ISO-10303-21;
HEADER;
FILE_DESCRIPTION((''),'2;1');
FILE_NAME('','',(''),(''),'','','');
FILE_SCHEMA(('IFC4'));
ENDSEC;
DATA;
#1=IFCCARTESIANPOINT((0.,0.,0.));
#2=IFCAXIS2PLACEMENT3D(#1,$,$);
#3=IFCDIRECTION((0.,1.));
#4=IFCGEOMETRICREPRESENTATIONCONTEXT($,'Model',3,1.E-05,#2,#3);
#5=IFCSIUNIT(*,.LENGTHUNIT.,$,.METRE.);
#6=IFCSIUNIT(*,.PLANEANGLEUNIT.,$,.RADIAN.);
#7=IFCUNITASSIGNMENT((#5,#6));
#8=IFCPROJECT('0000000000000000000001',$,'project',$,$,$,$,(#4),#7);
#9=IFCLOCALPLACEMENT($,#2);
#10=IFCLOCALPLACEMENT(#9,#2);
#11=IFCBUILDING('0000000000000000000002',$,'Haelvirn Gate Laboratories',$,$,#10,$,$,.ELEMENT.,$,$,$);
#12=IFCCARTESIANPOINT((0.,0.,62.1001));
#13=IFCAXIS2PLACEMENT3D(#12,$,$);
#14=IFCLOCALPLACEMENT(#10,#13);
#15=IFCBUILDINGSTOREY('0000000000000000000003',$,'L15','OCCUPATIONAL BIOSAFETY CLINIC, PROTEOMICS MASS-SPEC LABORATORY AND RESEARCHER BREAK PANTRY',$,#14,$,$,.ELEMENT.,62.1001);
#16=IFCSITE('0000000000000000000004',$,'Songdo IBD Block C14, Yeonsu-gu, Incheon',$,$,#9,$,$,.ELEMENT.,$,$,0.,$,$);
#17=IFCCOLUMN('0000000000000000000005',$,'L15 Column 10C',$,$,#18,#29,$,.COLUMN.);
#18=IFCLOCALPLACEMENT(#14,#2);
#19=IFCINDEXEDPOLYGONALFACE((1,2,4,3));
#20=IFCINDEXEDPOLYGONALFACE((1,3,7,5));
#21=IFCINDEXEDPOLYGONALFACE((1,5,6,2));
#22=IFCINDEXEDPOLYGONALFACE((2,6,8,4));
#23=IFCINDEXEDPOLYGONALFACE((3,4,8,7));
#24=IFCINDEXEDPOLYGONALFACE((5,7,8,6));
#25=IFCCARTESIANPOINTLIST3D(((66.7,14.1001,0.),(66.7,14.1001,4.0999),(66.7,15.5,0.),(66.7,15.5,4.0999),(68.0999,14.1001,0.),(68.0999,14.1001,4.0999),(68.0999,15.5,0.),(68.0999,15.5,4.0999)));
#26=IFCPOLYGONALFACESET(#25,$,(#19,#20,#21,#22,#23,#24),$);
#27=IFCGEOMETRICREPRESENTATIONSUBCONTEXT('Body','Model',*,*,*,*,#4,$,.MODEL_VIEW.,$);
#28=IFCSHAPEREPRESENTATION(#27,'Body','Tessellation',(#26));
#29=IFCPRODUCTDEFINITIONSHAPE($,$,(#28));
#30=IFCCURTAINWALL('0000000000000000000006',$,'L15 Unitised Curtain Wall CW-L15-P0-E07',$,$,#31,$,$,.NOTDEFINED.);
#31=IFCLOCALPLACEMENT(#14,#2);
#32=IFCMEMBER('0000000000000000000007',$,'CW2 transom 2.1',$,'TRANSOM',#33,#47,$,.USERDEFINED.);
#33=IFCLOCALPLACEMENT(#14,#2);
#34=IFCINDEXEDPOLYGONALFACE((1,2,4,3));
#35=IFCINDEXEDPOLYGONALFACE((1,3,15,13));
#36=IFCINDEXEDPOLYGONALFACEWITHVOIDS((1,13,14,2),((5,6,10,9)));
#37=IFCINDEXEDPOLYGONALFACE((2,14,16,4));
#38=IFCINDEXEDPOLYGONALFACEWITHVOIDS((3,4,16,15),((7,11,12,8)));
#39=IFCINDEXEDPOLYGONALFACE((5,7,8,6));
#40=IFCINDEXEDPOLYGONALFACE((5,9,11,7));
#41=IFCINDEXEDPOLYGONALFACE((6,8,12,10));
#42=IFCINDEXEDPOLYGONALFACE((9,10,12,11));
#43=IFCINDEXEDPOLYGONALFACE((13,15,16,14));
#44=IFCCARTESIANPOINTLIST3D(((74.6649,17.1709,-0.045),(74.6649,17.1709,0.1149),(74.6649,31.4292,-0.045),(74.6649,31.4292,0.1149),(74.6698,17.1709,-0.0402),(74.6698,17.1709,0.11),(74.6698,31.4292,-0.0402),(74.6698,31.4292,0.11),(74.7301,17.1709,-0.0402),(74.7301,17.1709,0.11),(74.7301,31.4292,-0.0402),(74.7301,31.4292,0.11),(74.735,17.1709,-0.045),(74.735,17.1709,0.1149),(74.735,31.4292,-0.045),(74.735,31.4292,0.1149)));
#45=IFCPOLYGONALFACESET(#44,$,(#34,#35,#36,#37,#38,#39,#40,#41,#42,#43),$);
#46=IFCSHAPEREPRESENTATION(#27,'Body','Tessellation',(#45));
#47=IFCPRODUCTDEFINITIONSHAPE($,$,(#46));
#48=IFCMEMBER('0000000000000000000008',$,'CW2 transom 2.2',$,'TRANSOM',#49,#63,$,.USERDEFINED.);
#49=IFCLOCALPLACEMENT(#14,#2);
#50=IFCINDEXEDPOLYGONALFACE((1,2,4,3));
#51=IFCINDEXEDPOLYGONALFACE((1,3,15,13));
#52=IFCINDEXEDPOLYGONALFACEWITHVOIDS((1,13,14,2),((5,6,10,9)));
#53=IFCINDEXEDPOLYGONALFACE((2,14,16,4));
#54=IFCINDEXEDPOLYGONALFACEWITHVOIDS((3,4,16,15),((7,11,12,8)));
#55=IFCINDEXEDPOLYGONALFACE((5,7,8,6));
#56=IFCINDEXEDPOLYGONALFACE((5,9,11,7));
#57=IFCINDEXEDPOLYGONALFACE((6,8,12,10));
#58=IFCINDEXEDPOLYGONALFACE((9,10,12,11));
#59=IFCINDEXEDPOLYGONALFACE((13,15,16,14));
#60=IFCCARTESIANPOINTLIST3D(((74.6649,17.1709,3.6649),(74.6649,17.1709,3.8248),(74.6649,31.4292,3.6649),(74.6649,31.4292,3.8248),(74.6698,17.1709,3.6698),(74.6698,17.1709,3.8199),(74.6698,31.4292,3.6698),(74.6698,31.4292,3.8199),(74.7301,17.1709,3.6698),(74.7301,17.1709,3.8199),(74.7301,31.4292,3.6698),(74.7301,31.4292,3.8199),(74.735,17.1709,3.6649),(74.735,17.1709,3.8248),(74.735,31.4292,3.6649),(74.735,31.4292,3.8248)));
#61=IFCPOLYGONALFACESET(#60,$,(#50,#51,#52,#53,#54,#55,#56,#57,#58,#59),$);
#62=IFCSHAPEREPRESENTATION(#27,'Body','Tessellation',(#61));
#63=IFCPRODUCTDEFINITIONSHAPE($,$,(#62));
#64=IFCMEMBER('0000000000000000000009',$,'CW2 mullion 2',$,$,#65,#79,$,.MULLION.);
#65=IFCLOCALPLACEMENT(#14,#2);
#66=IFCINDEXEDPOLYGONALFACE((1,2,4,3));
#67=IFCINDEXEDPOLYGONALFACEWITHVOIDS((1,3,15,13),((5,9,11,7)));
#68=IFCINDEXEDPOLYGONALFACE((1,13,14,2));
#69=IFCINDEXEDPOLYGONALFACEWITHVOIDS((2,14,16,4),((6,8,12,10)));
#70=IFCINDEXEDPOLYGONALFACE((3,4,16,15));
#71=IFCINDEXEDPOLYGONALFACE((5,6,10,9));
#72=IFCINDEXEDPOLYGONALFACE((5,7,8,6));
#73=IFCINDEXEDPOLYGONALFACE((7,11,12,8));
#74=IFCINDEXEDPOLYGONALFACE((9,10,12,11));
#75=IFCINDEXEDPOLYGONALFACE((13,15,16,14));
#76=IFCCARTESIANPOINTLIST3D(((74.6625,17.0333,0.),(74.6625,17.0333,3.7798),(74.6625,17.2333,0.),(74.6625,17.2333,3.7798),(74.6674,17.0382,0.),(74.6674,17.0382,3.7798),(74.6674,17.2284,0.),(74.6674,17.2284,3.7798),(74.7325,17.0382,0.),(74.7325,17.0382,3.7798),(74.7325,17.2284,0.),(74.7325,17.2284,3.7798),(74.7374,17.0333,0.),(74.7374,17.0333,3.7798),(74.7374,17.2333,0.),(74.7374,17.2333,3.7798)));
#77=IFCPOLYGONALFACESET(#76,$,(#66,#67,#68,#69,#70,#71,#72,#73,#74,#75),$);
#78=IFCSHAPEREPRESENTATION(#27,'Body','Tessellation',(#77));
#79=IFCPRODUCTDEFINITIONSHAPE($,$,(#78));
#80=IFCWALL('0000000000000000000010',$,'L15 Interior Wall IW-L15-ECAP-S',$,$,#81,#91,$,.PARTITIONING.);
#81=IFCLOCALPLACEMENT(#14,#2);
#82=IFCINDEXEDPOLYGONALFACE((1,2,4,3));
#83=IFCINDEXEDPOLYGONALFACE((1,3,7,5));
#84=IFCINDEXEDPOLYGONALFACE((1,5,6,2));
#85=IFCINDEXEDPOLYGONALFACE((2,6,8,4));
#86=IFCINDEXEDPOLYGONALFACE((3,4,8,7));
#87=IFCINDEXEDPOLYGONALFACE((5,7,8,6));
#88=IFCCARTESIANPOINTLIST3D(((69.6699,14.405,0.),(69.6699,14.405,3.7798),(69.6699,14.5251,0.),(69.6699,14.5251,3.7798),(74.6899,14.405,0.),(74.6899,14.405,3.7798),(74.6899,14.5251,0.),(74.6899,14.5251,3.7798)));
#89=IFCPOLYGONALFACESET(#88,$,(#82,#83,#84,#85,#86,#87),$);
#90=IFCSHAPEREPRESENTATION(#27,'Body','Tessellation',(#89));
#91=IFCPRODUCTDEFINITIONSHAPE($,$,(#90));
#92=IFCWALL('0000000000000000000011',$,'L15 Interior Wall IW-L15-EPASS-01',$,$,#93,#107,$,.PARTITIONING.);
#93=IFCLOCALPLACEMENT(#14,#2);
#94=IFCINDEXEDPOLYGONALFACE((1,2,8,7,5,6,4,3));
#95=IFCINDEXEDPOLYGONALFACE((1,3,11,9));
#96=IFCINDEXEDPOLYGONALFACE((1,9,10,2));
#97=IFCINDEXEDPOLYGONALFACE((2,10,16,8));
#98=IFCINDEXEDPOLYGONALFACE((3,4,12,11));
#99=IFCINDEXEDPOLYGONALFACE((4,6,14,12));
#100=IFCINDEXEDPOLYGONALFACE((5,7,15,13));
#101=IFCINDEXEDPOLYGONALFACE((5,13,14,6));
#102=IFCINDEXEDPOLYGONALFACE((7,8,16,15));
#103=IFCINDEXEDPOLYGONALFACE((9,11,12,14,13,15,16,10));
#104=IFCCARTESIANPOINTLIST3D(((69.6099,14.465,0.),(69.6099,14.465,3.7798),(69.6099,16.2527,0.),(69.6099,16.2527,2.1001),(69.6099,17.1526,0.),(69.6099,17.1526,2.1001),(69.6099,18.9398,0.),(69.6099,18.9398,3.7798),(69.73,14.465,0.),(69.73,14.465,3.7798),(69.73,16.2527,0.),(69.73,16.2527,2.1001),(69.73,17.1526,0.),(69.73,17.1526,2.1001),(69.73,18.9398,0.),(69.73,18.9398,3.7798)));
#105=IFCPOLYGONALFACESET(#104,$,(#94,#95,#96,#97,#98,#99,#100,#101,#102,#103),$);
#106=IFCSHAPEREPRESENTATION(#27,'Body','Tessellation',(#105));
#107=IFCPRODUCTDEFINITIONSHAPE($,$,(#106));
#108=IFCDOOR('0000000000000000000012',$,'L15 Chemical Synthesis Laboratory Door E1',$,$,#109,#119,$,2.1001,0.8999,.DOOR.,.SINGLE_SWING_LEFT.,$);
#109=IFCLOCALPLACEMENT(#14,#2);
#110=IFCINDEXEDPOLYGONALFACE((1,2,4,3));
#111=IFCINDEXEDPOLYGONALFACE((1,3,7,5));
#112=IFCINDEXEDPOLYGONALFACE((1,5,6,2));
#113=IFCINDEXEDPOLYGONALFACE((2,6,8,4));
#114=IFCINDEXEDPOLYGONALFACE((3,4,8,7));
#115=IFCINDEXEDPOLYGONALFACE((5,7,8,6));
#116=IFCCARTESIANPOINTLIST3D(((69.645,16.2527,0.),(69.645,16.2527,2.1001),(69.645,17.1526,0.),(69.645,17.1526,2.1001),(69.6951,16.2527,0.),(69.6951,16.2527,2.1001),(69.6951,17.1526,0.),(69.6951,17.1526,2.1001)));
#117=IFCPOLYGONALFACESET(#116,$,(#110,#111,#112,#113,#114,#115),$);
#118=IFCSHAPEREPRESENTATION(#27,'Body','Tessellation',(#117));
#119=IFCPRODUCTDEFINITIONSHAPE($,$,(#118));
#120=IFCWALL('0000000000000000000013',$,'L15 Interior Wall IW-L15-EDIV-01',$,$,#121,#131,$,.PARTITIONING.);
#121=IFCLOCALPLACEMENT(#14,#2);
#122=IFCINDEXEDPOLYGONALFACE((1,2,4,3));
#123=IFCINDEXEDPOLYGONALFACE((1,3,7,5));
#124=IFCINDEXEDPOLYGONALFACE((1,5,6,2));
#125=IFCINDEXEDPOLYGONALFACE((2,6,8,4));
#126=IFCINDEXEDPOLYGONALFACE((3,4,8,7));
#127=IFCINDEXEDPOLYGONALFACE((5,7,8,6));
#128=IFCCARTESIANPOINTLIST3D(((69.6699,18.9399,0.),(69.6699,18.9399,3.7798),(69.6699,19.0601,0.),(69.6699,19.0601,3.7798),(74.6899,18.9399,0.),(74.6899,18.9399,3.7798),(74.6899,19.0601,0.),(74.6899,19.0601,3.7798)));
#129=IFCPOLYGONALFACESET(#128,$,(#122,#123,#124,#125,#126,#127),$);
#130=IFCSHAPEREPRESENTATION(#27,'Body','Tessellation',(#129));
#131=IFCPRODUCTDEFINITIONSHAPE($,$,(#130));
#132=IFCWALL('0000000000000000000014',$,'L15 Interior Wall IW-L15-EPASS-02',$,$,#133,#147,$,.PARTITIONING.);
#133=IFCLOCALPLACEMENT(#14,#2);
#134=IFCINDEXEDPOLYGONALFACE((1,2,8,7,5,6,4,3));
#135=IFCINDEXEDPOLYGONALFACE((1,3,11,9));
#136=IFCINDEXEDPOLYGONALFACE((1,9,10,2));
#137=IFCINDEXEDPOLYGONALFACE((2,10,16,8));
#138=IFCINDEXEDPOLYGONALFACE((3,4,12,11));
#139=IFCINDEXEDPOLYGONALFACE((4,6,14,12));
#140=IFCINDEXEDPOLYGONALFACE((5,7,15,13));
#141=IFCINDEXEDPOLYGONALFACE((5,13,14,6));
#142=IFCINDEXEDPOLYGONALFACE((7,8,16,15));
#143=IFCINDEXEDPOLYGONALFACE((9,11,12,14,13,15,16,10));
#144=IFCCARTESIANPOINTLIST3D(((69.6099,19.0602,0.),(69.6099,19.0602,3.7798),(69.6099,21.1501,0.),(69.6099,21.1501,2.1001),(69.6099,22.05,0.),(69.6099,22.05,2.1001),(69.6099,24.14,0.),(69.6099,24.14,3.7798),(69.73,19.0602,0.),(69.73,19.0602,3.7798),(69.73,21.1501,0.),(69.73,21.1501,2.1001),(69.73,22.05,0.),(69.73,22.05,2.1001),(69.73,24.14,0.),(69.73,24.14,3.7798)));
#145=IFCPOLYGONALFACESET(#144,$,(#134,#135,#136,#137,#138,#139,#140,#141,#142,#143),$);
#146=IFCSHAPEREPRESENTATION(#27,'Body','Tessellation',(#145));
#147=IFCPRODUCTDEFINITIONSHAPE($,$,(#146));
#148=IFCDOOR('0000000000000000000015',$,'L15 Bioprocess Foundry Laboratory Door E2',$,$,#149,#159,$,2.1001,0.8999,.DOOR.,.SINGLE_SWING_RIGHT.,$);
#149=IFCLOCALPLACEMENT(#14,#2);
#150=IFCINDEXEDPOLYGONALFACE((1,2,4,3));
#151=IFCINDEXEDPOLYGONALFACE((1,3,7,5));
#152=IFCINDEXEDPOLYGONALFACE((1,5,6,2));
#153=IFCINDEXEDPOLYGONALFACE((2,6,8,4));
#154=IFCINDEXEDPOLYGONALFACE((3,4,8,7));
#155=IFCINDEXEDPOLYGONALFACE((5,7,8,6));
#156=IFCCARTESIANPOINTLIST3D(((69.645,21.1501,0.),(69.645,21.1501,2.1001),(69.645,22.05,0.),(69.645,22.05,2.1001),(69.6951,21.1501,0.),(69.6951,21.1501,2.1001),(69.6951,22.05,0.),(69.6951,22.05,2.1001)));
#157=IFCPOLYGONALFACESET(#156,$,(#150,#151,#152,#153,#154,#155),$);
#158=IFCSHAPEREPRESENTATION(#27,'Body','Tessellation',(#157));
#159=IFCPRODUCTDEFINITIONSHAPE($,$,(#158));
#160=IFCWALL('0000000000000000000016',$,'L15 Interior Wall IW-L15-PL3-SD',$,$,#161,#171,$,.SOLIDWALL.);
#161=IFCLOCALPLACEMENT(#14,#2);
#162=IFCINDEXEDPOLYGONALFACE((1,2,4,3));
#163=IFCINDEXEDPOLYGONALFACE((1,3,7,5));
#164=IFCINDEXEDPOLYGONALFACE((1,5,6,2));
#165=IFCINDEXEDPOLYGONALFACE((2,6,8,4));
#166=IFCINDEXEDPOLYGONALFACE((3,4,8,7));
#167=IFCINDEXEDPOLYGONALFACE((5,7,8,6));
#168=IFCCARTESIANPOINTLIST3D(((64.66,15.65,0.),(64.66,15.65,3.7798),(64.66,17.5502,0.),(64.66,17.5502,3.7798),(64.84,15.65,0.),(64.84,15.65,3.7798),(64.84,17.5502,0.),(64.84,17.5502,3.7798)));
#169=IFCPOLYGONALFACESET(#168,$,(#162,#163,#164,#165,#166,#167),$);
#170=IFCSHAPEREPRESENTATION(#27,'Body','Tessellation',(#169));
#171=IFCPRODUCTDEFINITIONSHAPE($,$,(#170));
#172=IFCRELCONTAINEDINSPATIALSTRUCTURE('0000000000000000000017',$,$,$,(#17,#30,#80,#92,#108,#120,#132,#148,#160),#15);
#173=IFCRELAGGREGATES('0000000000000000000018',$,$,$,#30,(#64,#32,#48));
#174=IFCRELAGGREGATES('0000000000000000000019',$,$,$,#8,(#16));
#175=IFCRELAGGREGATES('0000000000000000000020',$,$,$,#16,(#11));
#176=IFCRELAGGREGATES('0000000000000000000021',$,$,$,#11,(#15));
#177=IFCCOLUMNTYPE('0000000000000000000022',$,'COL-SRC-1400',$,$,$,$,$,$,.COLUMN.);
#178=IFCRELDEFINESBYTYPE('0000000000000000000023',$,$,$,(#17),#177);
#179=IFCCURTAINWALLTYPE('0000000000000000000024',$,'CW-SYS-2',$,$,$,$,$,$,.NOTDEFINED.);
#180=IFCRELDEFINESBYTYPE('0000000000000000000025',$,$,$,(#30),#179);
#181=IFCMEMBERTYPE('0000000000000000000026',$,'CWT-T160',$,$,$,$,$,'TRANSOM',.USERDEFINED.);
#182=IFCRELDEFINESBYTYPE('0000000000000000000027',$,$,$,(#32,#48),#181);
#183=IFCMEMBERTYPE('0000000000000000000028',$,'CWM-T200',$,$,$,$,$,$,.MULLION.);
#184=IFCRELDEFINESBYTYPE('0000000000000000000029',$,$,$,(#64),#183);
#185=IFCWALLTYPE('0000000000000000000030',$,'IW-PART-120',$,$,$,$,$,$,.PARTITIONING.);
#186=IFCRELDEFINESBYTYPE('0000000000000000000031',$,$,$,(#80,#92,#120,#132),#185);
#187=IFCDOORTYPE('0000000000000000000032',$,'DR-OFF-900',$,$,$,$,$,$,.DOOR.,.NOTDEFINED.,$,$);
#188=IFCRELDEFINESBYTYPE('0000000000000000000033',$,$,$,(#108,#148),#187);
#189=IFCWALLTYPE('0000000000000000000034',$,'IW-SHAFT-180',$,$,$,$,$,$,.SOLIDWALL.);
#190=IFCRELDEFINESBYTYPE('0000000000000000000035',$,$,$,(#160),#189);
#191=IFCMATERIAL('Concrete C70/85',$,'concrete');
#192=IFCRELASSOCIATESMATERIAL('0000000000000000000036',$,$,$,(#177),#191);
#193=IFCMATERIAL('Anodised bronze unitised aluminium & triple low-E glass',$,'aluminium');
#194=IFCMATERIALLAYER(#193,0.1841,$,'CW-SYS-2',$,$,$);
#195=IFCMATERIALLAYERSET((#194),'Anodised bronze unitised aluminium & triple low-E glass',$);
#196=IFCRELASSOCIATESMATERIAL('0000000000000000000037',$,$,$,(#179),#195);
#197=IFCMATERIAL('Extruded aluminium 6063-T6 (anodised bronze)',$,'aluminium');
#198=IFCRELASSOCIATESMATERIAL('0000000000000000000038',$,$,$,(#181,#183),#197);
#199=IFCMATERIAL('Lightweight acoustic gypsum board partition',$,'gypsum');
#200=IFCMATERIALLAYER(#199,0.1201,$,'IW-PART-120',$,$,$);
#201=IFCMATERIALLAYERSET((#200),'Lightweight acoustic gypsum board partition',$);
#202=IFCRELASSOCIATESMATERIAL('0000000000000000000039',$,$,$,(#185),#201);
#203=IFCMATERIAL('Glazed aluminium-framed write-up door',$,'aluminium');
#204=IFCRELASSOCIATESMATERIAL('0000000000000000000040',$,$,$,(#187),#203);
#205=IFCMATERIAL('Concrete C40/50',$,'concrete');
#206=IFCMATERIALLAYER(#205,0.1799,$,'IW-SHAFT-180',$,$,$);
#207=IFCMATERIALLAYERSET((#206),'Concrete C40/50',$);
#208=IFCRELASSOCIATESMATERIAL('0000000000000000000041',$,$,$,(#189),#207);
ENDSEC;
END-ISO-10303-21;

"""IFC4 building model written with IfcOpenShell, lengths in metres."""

from ifc_helpers import new_model, si_unit, direction, frame, frame_2d, origin, origin_2d, place, context, subcontext, project, spatial, rectangle, hollow_rectangle, extrude, source, transform, mapped, material, layer, layer_set, material_profile, profile_set, type_object, type_shapes, element, fill, aggregate, save


model = new_model("IFC4")

# Units and contexts
model_context = context("Model", 3, precision=1e-05, world=origin(), true_north=direction((0.0, 1.0)))
body_context = subcontext(model_context, "Body", "Model", "MODEL_VIEW")
ifc_project = project(units=[si_unit("LENGTHUNIT", "METRE"), si_unit("PLANEANGLEUNIT", "RADIAN")], contexts=[model_context])

# Site, building, storey
site_placement = place(None, origin())
site = spatial("IfcSite", under=ifc_project, at=site_placement, Name="Songdo IBD Block C14, Yeonsu-gu, Incheon", CompositionType="ELEMENT", RefElevation=0.0)
building_placement = place(site_placement, origin())
building = spatial("IfcBuilding", under=site, at=building_placement, Name="Haelvirn Gate Laboratories", CompositionType="ELEMENT")
storey_placement = place(building_placement, frame((0.0, 0.0, 62.1001)))
storey = spatial("IfcBuildingStorey", under=building, at=storey_placement, Name="L15", Description="OCCUPATIONAL BIOSAFETY CLINIC, PROTEOMICS MASS-SPEC LABORATORY AND RESEARCHER BREAK PANTRY", CompositionType="ELEMENT", Elevation=62.1001)

# Column
ifc_material_1 = material(Name="Concrete C70/85", Category="concrete")
ifc_material_profile_1 = material_profile(ifc_material_1, rectangle(XDim=1.3999, YDim=1.3999, at=origin_2d()), Name="SRC-1400x1400")
ifc_profile_set_1 = profile_set([ifc_material_profile_1], Name="Concrete C70/85")
column_type = type_object("IfcColumnType", Name="COL-SRC-1400", PredefinedType="COLUMN", material=ifc_profile_set_1)
shared_shape_1 = source(origin(), body_context, "Body", "SweptSolid", [
    extrude(rectangle(XDim=1.3999, YDim=1.3999, at=origin_2d()), origin(), (0.0, 0.0, 1.0), 4.0999),
])
type_shapes(column_type, [shared_shape_1])
column_placement = place(storey_placement, frame((67.3999, 14.8, 0.0), z_axis=(0.0, 0.0, 1.0), x_axis=(1.0, 0.0, 0.0)))
element("IfcColumn", 1, at=column_placement, inside=storey, type_object=column_type, Name="L15 Column 10C", PredefinedType="COLUMN", context=body_context, shape_type="MappedRepresentation", body=[
    mapped(shared_shape_1, transform((0.0, 0.0, 0.0), scale=1.0)),
])

# Curtain wall, members
ifc_material_2 = material(Name="Anodised bronze unitised aluminium & triple low-E glass", Category="aluminium")
ifc_layer_1 = layer(ifc_material_2, 0.1841, Name="CW-SYS-2")
ifc_layer_set_1 = layer_set([ifc_layer_1], Name="Anodised bronze unitised aluminium & triple low-E glass")
curtain_wall_type = type_object("IfcCurtainWallType", Name="CW-SYS-2", PredefinedType="NOTDEFINED", material=ifc_layer_set_1)
curtain_wall_placement = place(storey_placement, origin())
curtain_wall = element("IfcCurtainWall", 2, at=curtain_wall_placement, inside=storey, type_object=curtain_wall_type, Name="L15 Unitised Curtain Wall CW-L15-P0-E07", PredefinedType="NOTDEFINED")
ifc_material_3 = material(Name="Extruded aluminium 6063-T6 (anodised bronze)", Category="aluminium")
ifc_material_profile_2 = material_profile(ifc_material_3, hollow_rectangle(XDim=0.0701, YDim=0.1599, WallThickness=0.0049, at=origin_2d()), Name="CWT-160x70x5")
ifc_profile_set_2 = profile_set([ifc_material_profile_2], Name="Extruded aluminium 6063-T6 (anodised bronze)")
member_type_1 = type_object("IfcMemberType", Name="CWT-T160", ElementType="TRANSOM", PredefinedType="USERDEFINED", material=ifc_profile_set_2)
shared_shape_2 = source(origin(), body_context, "Body", "SweptSolid", [
    extrude(hollow_rectangle(XDim=0.0701, YDim=0.1599, WallThickness=0.0049, at=origin_2d()), origin(), (0.0, 0.0, 1.0), 14.2583),
])
type_shapes(member_type_1, [shared_shape_2])
member_1_placement = place(storey_placement, frame((74.7, 17.1709, 0.0349), z_axis=(0.0, 1.0, 0.0), x_axis=(-1.0, 0.0, 0.0)))
member_1 = element("IfcMember", 3, at=member_1_placement, type_object=member_type_1, Name="CW2 transom 2.1", ObjectType="TRANSOM", PredefinedType="USERDEFINED", context=body_context, shape_type="MappedRepresentation", body=[
    mapped(shared_shape_2, transform((0.0, 0.0, 0.0), scale=1.0)),
])
member_2_placement = place(storey_placement, frame((74.7, 17.1709, 3.7449), z_axis=(0.0, 1.0, 0.0), x_axis=(-1.0, 0.0, 0.0)))
member_2 = element("IfcMember", 4, at=member_2_placement, type_object=member_type_1, Name="CW2 transom 2.2", ObjectType="TRANSOM", PredefinedType="USERDEFINED", context=body_context, shape_type="MappedRepresentation", body=[
    mapped(shared_shape_2, transform((0.0, 0.0, 0.0), scale=1.0)),
])
ifc_material_profile_3 = material_profile(ifc_material_3, hollow_rectangle(XDim=0.075, YDim=0.2, WallThickness=0.0049, at=origin_2d()), Name="CWM-200x75x5")
ifc_profile_set_3 = profile_set([ifc_material_profile_3], Name="Extruded aluminium 6063-T6 (anodised bronze)")
member_type_2 = type_object("IfcMemberType", Name="CWM-T200", PredefinedType="MULLION", material=ifc_profile_set_3)
shared_shape_3 = source(origin(), body_context, "Body", "SweptSolid", [
    extrude(hollow_rectangle(XDim=0.075, YDim=0.2, WallThickness=0.0049, at=origin_2d()), origin(), (0.0, 0.0, 1.0), 3.7798),
])
type_shapes(member_type_2, [shared_shape_3])
member_3_placement = place(storey_placement, frame((74.7, 17.1333, 0.0), z_axis=(0.0, 0.0, 1.0), x_axis=(-1.0, 0.0, 0.0)))
member_3 = element("IfcMember", 5, at=member_3_placement, type_object=member_type_2, Name="CW2 mullion 2", PredefinedType="MULLION", context=body_context, shape_type="MappedRepresentation", body=[
    mapped(shared_shape_3, transform((0.0, 0.0, 0.0), scale=1.0)),
])
aggregate(curtain_wall, [member_3, member_1, member_2])

# Wall
ifc_material_4 = material(Name="Lightweight acoustic gypsum board partition", Category="gypsum")
ifc_layer_2 = layer(ifc_material_4, 0.1201, Name="IW-PART-120")
ifc_layer_set_2 = layer_set([ifc_layer_2], Name="Lightweight acoustic gypsum board partition")
wall_type_1 = type_object("IfcWallType", Name="IW-PART-120", PredefinedType="PARTITIONING", material=ifc_layer_set_2)
wall_1_placement = place(storey_placement, frame((69.6699, 14.4651, 0.0), z_axis=(0.0, 0.0, 1.0), x_axis=(1.0, 0.0, 0.0)))
element("IfcWall", 6, at=wall_1_placement, inside=storey, type_object=wall_type_1, Name="L15 Interior Wall IW-L15-ECAP-S", PredefinedType="PARTITIONING", context=body_context, shape_type="SweptSolid", body=[
    extrude(rectangle(XDim=5.02, YDim=0.1201, at=frame_2d((2.51, 0.0))), origin(), (0.0, 0.0, 1.0), 3.7798),
])

# Wall, opening, door
wall_2_placement = place(storey_placement, frame((69.6699, 14.4651, 0.0), z_axis=(0.0, 0.0, 1.0), x_axis=(0.0, 1.0, 0.0)))
wall_2 = element("IfcWall", 7, at=wall_2_placement, inside=storey, type_object=wall_type_1, Name="L15 Interior Wall IW-L15-EPASS-01", PredefinedType="PARTITIONING", context=body_context, shape_type="SweptSolid", body=[
    extrude(rectangle(XDim=4.4749, YDim=0.1201, at=frame_2d((2.2373, 0.0))), origin(), (0.0, 0.0, 1.0), 3.7798),
])
opening_1_placement = place(wall_2_placement, frame((1.7876, 0.0, 0.0)))
opening_1 = element("IfcOpeningElement", 8, at=opening_1_placement, cuts=wall_2, PredefinedType="OPENING", context=body_context, shape_type="SweptSolid", body=[
    extrude(rectangle(XDim=0.8999, YDim=2.1001, at=frame_2d((0.45, 1.05))), frame((0.0, 0.0701, 0.0), z_axis=(0.0, -1.0, 0.0), x_axis=(1.0, 0.0, 0.0)), (0.0, 0.0, 1.0), 0.1401),
])
ifc_material_5 = material(Name="Glazed aluminium-framed write-up door", Category="aluminium")
door_type_1 = type_object("IfcDoorType", Name="DR-OFF-900", OperationType="NOTDEFINED", PredefinedType="DOOR", material=ifc_material_5)
shared_shape_4 = source(origin(), body_context, "Body", "SweptSolid", [
    extrude(rectangle(XDim=0.8999, YDim=2.1001, at=frame_2d((0.45, 1.05))), frame((0.0, 0.0249, 0.0), z_axis=(0.0, -1.0, 0.0), x_axis=(1.0, 0.0, 0.0)), (0.0, 0.0, 1.0), 0.05),
])
type_shapes(door_type_1, [shared_shape_4])
door_1_placement = place(opening_1_placement, origin())
door_1 = element("IfcDoor", 9, at=door_1_placement, inside=storey, type_object=door_type_1, Name="L15 Chemical Synthesis Laboratory Door E1", OperationType="SINGLE_SWING_LEFT", OverallHeight=2.1001, OverallWidth=0.8999, PredefinedType="DOOR", context=body_context, shape_type="MappedRepresentation", body=[
    mapped(shared_shape_4, transform((0.0, 0.0, 0.0), scale=1.0)),
])
fill(opening_1, door_1)

# Wall
wall_3_placement = place(storey_placement, frame((69.6699, 19.0, 0.0), z_axis=(0.0, 0.0, 1.0), x_axis=(1.0, 0.0, 0.0)))
element("IfcWall", 10, at=wall_3_placement, inside=storey, type_object=wall_type_1, Name="L15 Interior Wall IW-L15-EDIV-01", PredefinedType="PARTITIONING", context=body_context, shape_type="SweptSolid", body=[
    extrude(rectangle(XDim=5.02, YDim=0.1201, at=frame_2d((2.51, 0.0))), origin(), (0.0, 0.0, 1.0), 3.7798),
])

# Wall, opening, door
wall_4_placement = place(storey_placement, frame((69.6699, 19.0601, 0.0), z_axis=(0.0, 0.0, 1.0), x_axis=(0.0, 1.0, 0.0)))
wall_4 = element("IfcWall", 11, at=wall_4_placement, inside=storey, type_object=wall_type_1, Name="L15 Interior Wall IW-L15-EPASS-02", PredefinedType="PARTITIONING", context=body_context, shape_type="SweptSolid", body=[
    extrude(rectangle(XDim=5.0798, YDim=0.1201, at=frame_2d((2.54, 0.0))), origin(), (0.0, 0.0, 1.0), 3.7798),
])
opening_2_placement = place(wall_4_placement, frame((2.0901, 0.0, 0.0)))
opening_2 = element("IfcOpeningElement", 12, at=opening_2_placement, cuts=wall_4, PredefinedType="OPENING", context=body_context, shape_type="SweptSolid", body=[
    extrude(rectangle(XDim=0.8999, YDim=2.1001, at=frame_2d((0.45, 1.05))), frame((0.0, 0.0701, 0.0), z_axis=(0.0, -1.0, 0.0), x_axis=(1.0, 0.0, 0.0)), (0.0, 0.0, 1.0), 0.1401),
])
door_2_placement = place(opening_2_placement, origin())
door_2 = element("IfcDoor", 13, at=door_2_placement, inside=storey, type_object=door_type_1, Name="L15 Bioprocess Foundry Laboratory Door E2", OperationType="SINGLE_SWING_RIGHT", OverallHeight=2.1001, OverallWidth=0.8999, PredefinedType="DOOR", context=body_context, shape_type="MappedRepresentation", body=[
    mapped(shared_shape_4, transform((0.0, 0.0, 0.0), scale=1.0)),
])
fill(opening_2, door_2)

# Wall
ifc_material_6 = material(Name="Concrete C40/50", Category="concrete")
ifc_layer_3 = layer(ifc_material_6, 0.1799, Name="IW-SHAFT-180")
ifc_layer_set_3 = layer_set([ifc_layer_3], Name="Concrete C40/50")
wall_type_2 = type_object("IfcWallType", Name="IW-SHAFT-180", PredefinedType="SOLIDWALL", material=ifc_layer_set_3)
for number, where, z_axis, x_axis, name in (
    (14, (64.75, 15.6499, 0.0), (0.0, 0.0, 1.0), (0.0, 1.0, 0.0), "L15 Interior Wall IW-L15-PL3-SD"),
):
    element("IfcWall", number, at=place(storey_placement, frame(where, z_axis=z_axis, x_axis=x_axis)), inside=storey, type_object=wall_type_2, Name=name, PredefinedType="SOLIDWALL", context=body_context, shape_type="SweptSolid", body=[
        extrude(rectangle(XDim=1.9001, YDim=0.1799, at=frame_2d((0.9502, 0.0))), origin(), (0.0, 0.0, 1.0), 3.7798),
    ])

save(model, "model.ifc")
